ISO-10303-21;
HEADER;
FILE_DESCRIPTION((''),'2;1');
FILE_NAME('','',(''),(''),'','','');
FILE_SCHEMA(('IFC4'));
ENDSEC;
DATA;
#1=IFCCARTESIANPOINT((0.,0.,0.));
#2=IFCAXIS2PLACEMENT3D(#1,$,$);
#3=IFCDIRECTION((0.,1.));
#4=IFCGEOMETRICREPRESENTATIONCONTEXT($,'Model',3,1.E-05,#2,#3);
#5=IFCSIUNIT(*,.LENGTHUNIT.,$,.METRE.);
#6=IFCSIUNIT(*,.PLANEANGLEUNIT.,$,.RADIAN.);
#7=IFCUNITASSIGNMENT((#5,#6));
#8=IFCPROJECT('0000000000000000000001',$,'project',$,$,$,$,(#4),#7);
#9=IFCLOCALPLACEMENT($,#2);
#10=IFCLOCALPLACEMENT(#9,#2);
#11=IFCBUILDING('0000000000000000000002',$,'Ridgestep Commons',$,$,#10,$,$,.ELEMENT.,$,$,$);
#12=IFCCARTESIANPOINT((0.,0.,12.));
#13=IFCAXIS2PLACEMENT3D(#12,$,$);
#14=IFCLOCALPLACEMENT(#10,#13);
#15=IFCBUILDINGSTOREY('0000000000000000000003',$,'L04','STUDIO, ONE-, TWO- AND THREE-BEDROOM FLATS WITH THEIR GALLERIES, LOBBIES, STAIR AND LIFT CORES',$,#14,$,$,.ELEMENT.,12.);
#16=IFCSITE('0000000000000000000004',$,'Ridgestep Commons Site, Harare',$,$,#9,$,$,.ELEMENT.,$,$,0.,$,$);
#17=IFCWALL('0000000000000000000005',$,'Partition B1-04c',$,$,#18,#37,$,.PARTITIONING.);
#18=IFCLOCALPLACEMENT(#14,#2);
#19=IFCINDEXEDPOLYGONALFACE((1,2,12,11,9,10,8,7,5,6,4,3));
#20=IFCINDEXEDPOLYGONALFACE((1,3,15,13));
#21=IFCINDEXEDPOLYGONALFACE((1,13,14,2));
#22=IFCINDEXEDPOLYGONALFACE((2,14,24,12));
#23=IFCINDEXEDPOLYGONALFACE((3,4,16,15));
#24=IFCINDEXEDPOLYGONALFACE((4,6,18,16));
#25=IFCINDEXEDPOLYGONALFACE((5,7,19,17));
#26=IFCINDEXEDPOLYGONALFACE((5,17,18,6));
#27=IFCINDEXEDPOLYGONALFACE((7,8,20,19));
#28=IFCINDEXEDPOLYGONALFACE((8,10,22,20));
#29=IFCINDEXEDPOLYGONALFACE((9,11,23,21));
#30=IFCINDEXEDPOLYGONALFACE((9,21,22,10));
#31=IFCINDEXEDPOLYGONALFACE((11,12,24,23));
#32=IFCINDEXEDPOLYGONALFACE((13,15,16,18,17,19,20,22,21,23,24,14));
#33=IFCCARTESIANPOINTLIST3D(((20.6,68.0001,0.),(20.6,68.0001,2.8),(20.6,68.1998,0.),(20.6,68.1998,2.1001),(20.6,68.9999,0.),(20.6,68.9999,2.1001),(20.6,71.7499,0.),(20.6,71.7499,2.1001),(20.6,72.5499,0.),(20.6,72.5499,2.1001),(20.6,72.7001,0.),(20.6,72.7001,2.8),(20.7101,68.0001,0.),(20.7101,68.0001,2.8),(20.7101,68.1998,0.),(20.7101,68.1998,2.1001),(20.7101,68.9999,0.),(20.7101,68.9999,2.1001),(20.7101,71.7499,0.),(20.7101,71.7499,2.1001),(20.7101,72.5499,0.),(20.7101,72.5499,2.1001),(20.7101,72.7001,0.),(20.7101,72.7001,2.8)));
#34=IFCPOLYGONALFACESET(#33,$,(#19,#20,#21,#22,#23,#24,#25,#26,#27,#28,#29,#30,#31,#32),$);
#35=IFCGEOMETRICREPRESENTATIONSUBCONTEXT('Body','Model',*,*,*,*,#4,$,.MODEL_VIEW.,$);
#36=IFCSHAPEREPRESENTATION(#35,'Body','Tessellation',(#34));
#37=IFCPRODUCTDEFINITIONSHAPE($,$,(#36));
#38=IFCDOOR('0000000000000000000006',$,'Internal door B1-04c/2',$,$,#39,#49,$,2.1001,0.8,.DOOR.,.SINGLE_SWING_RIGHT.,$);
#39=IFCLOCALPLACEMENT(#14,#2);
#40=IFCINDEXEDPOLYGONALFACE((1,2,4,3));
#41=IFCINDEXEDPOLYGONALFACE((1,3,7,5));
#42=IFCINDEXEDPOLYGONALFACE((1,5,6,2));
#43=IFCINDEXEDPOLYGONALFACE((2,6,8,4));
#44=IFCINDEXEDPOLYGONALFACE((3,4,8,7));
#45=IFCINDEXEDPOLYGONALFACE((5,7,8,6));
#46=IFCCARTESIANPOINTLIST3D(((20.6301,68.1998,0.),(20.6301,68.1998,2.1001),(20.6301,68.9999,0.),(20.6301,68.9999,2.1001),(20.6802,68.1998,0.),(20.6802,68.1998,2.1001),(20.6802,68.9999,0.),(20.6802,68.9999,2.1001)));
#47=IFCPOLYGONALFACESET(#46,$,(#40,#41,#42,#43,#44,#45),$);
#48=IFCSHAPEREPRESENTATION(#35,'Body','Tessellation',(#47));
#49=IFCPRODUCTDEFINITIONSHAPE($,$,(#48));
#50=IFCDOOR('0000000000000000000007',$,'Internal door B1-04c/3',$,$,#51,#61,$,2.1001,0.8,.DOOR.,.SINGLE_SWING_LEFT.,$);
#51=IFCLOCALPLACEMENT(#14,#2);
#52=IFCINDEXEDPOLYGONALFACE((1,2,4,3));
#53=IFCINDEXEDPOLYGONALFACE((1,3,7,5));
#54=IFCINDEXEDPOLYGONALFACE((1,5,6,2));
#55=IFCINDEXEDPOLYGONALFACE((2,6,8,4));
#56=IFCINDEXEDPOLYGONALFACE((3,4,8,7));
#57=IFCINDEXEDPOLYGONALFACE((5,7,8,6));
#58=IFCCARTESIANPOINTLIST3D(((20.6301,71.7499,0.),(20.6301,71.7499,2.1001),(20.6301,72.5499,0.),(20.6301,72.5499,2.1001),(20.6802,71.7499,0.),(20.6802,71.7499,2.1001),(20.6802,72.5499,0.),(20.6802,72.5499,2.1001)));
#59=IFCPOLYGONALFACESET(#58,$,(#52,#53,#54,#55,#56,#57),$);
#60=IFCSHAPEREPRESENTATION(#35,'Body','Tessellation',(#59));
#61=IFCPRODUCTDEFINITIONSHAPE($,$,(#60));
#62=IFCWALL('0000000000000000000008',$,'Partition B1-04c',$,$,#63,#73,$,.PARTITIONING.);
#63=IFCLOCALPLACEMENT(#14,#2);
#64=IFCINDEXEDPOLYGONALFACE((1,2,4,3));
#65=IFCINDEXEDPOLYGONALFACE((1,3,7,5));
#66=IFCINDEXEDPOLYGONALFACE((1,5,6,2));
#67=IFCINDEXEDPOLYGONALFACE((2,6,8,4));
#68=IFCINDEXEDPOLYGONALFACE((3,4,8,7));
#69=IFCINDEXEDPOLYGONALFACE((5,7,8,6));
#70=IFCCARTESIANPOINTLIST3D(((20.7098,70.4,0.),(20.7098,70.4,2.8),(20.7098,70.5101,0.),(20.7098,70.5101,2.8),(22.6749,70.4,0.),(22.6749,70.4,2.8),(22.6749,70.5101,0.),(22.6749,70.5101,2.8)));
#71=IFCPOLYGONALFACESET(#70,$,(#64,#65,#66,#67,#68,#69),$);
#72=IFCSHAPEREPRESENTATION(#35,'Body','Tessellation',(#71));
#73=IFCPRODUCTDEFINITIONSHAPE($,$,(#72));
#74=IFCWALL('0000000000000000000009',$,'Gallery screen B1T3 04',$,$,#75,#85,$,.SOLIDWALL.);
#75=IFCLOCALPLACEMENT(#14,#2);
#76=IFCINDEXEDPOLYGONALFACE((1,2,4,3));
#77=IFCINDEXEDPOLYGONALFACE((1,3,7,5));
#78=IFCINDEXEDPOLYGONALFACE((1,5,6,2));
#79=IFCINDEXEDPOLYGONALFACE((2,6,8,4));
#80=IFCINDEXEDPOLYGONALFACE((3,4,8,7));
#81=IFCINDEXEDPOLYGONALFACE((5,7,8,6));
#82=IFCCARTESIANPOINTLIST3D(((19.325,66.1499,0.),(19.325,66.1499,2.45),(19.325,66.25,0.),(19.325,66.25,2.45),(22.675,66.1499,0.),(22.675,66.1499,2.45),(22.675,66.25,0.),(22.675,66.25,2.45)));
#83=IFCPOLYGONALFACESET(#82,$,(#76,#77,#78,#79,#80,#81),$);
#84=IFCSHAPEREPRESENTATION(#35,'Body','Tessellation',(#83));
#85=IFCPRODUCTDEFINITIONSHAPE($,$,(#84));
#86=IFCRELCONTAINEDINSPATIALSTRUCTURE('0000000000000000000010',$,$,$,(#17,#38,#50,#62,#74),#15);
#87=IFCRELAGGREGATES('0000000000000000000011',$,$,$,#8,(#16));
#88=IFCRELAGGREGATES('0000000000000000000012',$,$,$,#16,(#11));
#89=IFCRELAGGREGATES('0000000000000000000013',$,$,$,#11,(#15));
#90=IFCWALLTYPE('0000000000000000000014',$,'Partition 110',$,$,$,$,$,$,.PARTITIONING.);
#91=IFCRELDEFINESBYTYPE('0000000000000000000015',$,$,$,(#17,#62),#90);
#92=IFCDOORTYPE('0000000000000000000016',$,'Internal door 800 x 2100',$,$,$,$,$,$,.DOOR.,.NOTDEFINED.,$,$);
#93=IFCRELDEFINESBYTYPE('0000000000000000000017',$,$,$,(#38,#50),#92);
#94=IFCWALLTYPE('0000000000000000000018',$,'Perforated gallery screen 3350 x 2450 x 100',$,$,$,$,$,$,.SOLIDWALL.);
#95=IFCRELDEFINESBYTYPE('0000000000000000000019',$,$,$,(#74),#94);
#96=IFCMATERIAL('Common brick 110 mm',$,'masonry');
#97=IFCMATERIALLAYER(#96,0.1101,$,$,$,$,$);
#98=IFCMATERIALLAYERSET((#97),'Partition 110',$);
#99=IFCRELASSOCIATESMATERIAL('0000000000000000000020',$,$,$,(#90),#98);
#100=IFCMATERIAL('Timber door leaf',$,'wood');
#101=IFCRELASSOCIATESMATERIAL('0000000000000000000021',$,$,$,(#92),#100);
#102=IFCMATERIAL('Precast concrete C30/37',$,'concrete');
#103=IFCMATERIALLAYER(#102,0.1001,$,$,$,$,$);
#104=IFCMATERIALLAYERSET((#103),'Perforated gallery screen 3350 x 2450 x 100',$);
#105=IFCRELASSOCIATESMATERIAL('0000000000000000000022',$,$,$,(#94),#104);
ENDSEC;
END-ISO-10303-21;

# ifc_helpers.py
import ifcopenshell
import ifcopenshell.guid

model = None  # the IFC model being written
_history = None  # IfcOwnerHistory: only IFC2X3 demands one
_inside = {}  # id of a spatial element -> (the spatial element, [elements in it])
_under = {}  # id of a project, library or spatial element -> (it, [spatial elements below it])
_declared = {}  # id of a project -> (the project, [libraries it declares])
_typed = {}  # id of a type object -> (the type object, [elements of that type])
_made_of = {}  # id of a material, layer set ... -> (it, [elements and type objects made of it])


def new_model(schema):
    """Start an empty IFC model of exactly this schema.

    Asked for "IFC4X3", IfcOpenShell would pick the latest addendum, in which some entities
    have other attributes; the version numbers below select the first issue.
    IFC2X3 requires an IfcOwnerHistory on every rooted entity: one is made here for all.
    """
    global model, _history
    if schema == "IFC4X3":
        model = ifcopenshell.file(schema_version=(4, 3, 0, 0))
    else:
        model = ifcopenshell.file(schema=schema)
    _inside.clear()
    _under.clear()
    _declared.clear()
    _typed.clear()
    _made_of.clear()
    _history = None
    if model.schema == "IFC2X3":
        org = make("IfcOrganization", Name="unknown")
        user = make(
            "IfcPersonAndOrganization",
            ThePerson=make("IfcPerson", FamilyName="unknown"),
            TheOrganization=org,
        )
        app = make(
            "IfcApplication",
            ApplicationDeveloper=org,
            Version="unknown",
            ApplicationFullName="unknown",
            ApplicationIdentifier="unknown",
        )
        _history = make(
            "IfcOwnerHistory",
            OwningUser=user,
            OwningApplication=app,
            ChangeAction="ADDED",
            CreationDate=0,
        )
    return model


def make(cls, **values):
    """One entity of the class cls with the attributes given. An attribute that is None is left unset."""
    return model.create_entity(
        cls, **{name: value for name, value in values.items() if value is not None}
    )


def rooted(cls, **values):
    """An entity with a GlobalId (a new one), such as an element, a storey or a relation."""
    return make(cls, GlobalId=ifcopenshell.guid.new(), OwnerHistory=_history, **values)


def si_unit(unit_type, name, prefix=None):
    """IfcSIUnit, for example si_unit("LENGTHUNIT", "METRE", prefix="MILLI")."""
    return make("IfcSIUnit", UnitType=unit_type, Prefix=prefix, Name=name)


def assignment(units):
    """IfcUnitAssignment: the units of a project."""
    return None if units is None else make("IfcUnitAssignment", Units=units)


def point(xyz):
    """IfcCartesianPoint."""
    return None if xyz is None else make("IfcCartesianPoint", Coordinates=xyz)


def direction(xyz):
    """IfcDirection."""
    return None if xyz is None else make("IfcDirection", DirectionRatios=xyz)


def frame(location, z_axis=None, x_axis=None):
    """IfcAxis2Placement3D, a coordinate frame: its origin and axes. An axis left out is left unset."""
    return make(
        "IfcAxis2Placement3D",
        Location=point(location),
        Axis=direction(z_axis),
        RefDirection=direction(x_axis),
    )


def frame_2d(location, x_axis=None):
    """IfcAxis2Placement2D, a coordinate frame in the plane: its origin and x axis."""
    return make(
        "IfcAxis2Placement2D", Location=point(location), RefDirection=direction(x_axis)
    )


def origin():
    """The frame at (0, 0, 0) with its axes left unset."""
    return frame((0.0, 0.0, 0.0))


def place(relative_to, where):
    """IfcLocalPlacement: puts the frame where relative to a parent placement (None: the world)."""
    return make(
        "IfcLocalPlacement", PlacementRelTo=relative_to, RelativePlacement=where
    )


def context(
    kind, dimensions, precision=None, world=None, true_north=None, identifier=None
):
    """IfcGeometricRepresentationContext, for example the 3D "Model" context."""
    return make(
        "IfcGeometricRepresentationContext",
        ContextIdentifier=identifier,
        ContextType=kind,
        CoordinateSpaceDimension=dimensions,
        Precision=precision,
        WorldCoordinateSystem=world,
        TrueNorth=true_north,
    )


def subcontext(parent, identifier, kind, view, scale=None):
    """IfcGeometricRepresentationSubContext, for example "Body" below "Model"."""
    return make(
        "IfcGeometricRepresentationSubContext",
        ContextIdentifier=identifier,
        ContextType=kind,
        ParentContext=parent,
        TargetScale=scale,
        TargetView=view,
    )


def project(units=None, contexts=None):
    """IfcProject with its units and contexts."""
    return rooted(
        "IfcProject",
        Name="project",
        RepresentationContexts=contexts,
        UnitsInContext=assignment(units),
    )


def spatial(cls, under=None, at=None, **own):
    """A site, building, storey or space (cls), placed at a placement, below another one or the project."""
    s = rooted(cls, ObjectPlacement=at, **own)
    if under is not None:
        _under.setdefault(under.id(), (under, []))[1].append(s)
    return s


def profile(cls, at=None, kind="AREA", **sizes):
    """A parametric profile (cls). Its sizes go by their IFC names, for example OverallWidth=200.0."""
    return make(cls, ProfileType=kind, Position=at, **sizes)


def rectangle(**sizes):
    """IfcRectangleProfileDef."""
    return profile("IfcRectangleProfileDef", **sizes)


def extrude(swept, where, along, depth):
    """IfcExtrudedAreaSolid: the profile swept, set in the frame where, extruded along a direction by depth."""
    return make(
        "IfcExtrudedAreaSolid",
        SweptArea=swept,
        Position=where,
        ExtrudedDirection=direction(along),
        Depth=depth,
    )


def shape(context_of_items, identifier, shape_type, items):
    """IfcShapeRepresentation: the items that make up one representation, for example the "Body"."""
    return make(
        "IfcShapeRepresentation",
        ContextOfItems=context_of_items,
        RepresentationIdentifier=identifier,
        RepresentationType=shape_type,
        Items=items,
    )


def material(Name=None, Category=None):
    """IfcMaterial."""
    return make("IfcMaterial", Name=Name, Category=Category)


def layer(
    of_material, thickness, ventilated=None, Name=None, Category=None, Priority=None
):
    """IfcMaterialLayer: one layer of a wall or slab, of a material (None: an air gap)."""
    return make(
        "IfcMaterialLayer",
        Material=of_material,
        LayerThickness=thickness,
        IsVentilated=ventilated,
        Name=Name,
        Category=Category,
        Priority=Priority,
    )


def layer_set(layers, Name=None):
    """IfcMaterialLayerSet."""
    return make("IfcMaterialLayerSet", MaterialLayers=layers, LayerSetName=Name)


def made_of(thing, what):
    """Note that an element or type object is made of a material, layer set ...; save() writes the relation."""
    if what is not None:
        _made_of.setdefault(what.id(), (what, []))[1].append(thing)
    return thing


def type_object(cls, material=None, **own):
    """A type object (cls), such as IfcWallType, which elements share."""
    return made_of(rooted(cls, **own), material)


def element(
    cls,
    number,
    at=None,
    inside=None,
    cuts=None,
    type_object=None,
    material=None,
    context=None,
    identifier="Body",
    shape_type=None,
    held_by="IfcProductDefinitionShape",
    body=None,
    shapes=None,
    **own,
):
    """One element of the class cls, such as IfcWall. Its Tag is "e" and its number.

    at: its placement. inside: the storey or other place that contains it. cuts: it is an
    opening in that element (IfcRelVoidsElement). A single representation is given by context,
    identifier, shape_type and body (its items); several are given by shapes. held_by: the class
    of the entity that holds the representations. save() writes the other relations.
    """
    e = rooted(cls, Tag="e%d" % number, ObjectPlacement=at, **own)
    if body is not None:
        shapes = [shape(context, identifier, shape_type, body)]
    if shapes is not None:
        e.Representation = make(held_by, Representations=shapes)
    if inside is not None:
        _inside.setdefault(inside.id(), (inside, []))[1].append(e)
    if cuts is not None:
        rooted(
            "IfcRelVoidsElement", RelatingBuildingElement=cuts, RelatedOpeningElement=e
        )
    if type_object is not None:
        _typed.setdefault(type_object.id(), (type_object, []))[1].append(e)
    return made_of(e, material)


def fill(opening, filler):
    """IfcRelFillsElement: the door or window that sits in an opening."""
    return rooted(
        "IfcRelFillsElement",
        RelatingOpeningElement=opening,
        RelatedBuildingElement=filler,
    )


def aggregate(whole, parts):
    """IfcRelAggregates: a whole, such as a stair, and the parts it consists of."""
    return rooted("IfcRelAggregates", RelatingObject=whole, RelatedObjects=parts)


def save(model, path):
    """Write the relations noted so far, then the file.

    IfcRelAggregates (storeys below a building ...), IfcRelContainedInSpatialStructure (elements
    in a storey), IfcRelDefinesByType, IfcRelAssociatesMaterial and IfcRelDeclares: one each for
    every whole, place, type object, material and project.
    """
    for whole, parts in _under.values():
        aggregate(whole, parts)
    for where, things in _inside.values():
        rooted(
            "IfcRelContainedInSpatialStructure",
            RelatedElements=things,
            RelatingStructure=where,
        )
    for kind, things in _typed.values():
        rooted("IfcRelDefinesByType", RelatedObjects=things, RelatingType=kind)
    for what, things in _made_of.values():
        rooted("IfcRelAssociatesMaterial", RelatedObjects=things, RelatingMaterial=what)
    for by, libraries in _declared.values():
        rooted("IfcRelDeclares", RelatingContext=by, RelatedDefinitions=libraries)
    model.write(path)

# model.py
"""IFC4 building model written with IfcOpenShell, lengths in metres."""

from ifc_helpers import new_model, si_unit, direction, frame, frame_2d, origin, place, context, subcontext, project, spatial, rectangle, extrude, material, layer, layer_set, type_object, element, fill, save


model = new_model("IFC4")

# Units and contexts
model_context = context("Model", 3, precision=1e-05, world=origin(), true_north=direction((0.0, 1.0)))
body_context = subcontext(model_context, "Body", "Model", "MODEL_VIEW")
ifc_project = project(units=[si_unit("LENGTHUNIT", "METRE"), si_unit("PLANEANGLEUNIT", "RADIAN")], contexts=[model_context])

# Site, building, storey
site_placement = place(None, origin())
site = spatial("IfcSite", under=ifc_project, at=site_placement, Name="Ridgestep Commons Site, Harare", CompositionType="ELEMENT", RefElevation=0.0)
building_placement = place(site_placement, origin())
building = spatial("IfcBuilding", under=site, at=building_placement, Name="Ridgestep Commons", CompositionType="ELEMENT")
storey_placement = place(building_placement, frame((0.0, 0.0, 12.0)))
storey = spatial("IfcBuildingStorey", under=building, at=storey_placement, Name="L04", Description="STUDIO, ONE-, TWO- AND THREE-BEDROOM FLATS WITH THEIR GALLERIES, LOBBIES, STAIR AND LIFT CORES", CompositionType="ELEMENT", Elevation=12.0)

# Wall, openings, doors
ifc_material_1 = material(Name="Common brick 110 mm", Category="masonry")
ifc_layer_1 = layer(ifc_material_1, 0.1101)
ifc_layer_set_1 = layer_set([ifc_layer_1], Name="Partition 110")
wall_type_1 = type_object("IfcWallType", Name="Partition 110", PredefinedType="PARTITIONING", material=ifc_layer_set_1)
wall_1_placement = place(storey_placement, frame((20.655, 68.0, 0.0), z_axis=(0.0, 0.0, 1.0), x_axis=(0.0, 1.0, 0.0)))
wall_1 = element("IfcWall", 1, at=wall_1_placement, inside=storey, type_object=wall_type_1, Name="Partition B1-04c", PredefinedType="PARTITIONING", context=body_context, shape_type="SweptSolid", body=[
    extrude(rectangle(XDim=4.7, YDim=0.1101, at=frame_2d((2.3501, 0.0))), origin(), (0.0, 0.0, 1.0), 2.8),
])
opening_1_placement = place(wall_1_placement, frame((0.2, 0.0, 0.0)))
opening_1 = element("IfcOpeningElement", 2, at=opening_1_placement, cuts=wall_1, PredefinedType="OPENING", context=body_context, shape_type="SweptSolid", body=[
    extrude(rectangle(XDim=0.8, YDim=2.1001, at=frame_2d((0.3999, 1.05))), frame((0.0, 0.0649, 0.0), z_axis=(0.0, -1.0, 0.0), x_axis=(1.0, 0.0, 0.0)), (0.0, 0.0, 1.0), 0.1301),
])
opening_2_placement = place(wall_1_placement, frame((3.75, 0.0, 0.0)))
opening_2 = element("IfcOpeningElement", 3, at=opening_2_placement, cuts=wall_1, PredefinedType="OPENING", context=body_context, shape_type="SweptSolid", body=[
    extrude(rectangle(XDim=0.8, YDim=2.1001, at=frame_2d((0.3999, 1.05))), frame((0.0, 0.0649, 0.0), z_axis=(0.0, -1.0, 0.0), x_axis=(1.0, 0.0, 0.0)), (0.0, 0.0, 1.0), 0.1301),
])
ifc_material_2 = material(Name="Timber door leaf", Category="wood")
door_type_1 = type_object("IfcDoorType", Name="Internal door 800 x 2100", OperationType="NOTDEFINED", PredefinedType="DOOR", material=ifc_material_2)
door_1_placement = place(opening_1_placement, origin())
door_1 = element("IfcDoor", 4, at=door_1_placement, inside=storey, type_object=door_type_1, Name="Internal door B1-04c/2", OperationType="SINGLE_SWING_RIGHT", OverallHeight=2.1001, OverallWidth=0.8, PredefinedType="DOOR", context=body_context, shape_type="SweptSolid", body=[
    extrude(rectangle(XDim=0.8, YDim=2.1001, at=frame_2d((0.3999, 1.05))), frame((0.0, 0.0249, 0.0), z_axis=(0.0, -1.0, 0.0), x_axis=(1.0, 0.0, 0.0)), (0.0, 0.0, 1.0), 0.05),
])
fill(opening_1, door_1)
door_2_placement = place(opening_2_placement, origin())
door_2 = element("IfcDoor", 5, at=door_2_placement, inside=storey, type_object=door_type_1, Name="Internal door B1-04c/3", OperationType="SINGLE_SWING_LEFT", OverallHeight=2.1001, OverallWidth=0.8, PredefinedType="DOOR", context=body_context, shape_type="SweptSolid", body=[
    extrude(rectangle(XDim=0.8, YDim=2.1001, at=frame_2d((0.3999, 1.05))), frame((0.0, 0.0249, 0.0), z_axis=(0.0, -1.0, 0.0), x_axis=(1.0, 0.0, 0.0)), (0.0, 0.0, 1.0), 0.05),
])
fill(opening_2, door_2)

# Walls
wall_2_placement = place(storey_placement, frame((20.71, 70.4551, 0.0), z_axis=(0.0, 0.0, 1.0), x_axis=(1.0, 0.0, 0.0)))
element("IfcWall", 6, at=wall_2_placement, inside=storey, type_object=wall_type_1, Name="Partition B1-04c", PredefinedType="PARTITIONING", context=body_context, shape_type="SweptSolid", body=[
    extrude(rectangle(XDim=1.9651, YDim=0.1101, at=frame_2d((0.9824, 0.0))), origin(), (0.0, 0.0, 1.0), 2.8),
])
ifc_material_3 = material(Name="Precast concrete C30/37", Category="concrete")
ifc_layer_2 = layer(ifc_material_3, 0.1001)
ifc_layer_set_2 = layer_set([ifc_layer_2], Name="Perforated gallery screen 3350 x 2450 x 100")
wall_type_2 = type_object("IfcWallType", Name="Perforated gallery screen 3350 x 2450 x 100", PredefinedType="SOLIDWALL", material=ifc_layer_set_2)
wall_3_placement = place(storey_placement, frame((19.325, 66.2, 0.0), z_axis=(0.0, 0.0, 1.0), x_axis=(1.0, 0.0, 0.0)))
element("IfcWall", 7, at=wall_3_placement, inside=storey, type_object=wall_type_2, Name="Gallery screen B1T3 04", PredefinedType="SOLIDWALL", context=body_context, shape_type="SweptSolid", body=[
    extrude(rectangle(XDim=3.3501, YDim=0.1001, at=frame_2d((1.675, 0.0))), origin(), (0.0, 0.0, 1.0), 2.45),
])

save(model, "model.ifc")
